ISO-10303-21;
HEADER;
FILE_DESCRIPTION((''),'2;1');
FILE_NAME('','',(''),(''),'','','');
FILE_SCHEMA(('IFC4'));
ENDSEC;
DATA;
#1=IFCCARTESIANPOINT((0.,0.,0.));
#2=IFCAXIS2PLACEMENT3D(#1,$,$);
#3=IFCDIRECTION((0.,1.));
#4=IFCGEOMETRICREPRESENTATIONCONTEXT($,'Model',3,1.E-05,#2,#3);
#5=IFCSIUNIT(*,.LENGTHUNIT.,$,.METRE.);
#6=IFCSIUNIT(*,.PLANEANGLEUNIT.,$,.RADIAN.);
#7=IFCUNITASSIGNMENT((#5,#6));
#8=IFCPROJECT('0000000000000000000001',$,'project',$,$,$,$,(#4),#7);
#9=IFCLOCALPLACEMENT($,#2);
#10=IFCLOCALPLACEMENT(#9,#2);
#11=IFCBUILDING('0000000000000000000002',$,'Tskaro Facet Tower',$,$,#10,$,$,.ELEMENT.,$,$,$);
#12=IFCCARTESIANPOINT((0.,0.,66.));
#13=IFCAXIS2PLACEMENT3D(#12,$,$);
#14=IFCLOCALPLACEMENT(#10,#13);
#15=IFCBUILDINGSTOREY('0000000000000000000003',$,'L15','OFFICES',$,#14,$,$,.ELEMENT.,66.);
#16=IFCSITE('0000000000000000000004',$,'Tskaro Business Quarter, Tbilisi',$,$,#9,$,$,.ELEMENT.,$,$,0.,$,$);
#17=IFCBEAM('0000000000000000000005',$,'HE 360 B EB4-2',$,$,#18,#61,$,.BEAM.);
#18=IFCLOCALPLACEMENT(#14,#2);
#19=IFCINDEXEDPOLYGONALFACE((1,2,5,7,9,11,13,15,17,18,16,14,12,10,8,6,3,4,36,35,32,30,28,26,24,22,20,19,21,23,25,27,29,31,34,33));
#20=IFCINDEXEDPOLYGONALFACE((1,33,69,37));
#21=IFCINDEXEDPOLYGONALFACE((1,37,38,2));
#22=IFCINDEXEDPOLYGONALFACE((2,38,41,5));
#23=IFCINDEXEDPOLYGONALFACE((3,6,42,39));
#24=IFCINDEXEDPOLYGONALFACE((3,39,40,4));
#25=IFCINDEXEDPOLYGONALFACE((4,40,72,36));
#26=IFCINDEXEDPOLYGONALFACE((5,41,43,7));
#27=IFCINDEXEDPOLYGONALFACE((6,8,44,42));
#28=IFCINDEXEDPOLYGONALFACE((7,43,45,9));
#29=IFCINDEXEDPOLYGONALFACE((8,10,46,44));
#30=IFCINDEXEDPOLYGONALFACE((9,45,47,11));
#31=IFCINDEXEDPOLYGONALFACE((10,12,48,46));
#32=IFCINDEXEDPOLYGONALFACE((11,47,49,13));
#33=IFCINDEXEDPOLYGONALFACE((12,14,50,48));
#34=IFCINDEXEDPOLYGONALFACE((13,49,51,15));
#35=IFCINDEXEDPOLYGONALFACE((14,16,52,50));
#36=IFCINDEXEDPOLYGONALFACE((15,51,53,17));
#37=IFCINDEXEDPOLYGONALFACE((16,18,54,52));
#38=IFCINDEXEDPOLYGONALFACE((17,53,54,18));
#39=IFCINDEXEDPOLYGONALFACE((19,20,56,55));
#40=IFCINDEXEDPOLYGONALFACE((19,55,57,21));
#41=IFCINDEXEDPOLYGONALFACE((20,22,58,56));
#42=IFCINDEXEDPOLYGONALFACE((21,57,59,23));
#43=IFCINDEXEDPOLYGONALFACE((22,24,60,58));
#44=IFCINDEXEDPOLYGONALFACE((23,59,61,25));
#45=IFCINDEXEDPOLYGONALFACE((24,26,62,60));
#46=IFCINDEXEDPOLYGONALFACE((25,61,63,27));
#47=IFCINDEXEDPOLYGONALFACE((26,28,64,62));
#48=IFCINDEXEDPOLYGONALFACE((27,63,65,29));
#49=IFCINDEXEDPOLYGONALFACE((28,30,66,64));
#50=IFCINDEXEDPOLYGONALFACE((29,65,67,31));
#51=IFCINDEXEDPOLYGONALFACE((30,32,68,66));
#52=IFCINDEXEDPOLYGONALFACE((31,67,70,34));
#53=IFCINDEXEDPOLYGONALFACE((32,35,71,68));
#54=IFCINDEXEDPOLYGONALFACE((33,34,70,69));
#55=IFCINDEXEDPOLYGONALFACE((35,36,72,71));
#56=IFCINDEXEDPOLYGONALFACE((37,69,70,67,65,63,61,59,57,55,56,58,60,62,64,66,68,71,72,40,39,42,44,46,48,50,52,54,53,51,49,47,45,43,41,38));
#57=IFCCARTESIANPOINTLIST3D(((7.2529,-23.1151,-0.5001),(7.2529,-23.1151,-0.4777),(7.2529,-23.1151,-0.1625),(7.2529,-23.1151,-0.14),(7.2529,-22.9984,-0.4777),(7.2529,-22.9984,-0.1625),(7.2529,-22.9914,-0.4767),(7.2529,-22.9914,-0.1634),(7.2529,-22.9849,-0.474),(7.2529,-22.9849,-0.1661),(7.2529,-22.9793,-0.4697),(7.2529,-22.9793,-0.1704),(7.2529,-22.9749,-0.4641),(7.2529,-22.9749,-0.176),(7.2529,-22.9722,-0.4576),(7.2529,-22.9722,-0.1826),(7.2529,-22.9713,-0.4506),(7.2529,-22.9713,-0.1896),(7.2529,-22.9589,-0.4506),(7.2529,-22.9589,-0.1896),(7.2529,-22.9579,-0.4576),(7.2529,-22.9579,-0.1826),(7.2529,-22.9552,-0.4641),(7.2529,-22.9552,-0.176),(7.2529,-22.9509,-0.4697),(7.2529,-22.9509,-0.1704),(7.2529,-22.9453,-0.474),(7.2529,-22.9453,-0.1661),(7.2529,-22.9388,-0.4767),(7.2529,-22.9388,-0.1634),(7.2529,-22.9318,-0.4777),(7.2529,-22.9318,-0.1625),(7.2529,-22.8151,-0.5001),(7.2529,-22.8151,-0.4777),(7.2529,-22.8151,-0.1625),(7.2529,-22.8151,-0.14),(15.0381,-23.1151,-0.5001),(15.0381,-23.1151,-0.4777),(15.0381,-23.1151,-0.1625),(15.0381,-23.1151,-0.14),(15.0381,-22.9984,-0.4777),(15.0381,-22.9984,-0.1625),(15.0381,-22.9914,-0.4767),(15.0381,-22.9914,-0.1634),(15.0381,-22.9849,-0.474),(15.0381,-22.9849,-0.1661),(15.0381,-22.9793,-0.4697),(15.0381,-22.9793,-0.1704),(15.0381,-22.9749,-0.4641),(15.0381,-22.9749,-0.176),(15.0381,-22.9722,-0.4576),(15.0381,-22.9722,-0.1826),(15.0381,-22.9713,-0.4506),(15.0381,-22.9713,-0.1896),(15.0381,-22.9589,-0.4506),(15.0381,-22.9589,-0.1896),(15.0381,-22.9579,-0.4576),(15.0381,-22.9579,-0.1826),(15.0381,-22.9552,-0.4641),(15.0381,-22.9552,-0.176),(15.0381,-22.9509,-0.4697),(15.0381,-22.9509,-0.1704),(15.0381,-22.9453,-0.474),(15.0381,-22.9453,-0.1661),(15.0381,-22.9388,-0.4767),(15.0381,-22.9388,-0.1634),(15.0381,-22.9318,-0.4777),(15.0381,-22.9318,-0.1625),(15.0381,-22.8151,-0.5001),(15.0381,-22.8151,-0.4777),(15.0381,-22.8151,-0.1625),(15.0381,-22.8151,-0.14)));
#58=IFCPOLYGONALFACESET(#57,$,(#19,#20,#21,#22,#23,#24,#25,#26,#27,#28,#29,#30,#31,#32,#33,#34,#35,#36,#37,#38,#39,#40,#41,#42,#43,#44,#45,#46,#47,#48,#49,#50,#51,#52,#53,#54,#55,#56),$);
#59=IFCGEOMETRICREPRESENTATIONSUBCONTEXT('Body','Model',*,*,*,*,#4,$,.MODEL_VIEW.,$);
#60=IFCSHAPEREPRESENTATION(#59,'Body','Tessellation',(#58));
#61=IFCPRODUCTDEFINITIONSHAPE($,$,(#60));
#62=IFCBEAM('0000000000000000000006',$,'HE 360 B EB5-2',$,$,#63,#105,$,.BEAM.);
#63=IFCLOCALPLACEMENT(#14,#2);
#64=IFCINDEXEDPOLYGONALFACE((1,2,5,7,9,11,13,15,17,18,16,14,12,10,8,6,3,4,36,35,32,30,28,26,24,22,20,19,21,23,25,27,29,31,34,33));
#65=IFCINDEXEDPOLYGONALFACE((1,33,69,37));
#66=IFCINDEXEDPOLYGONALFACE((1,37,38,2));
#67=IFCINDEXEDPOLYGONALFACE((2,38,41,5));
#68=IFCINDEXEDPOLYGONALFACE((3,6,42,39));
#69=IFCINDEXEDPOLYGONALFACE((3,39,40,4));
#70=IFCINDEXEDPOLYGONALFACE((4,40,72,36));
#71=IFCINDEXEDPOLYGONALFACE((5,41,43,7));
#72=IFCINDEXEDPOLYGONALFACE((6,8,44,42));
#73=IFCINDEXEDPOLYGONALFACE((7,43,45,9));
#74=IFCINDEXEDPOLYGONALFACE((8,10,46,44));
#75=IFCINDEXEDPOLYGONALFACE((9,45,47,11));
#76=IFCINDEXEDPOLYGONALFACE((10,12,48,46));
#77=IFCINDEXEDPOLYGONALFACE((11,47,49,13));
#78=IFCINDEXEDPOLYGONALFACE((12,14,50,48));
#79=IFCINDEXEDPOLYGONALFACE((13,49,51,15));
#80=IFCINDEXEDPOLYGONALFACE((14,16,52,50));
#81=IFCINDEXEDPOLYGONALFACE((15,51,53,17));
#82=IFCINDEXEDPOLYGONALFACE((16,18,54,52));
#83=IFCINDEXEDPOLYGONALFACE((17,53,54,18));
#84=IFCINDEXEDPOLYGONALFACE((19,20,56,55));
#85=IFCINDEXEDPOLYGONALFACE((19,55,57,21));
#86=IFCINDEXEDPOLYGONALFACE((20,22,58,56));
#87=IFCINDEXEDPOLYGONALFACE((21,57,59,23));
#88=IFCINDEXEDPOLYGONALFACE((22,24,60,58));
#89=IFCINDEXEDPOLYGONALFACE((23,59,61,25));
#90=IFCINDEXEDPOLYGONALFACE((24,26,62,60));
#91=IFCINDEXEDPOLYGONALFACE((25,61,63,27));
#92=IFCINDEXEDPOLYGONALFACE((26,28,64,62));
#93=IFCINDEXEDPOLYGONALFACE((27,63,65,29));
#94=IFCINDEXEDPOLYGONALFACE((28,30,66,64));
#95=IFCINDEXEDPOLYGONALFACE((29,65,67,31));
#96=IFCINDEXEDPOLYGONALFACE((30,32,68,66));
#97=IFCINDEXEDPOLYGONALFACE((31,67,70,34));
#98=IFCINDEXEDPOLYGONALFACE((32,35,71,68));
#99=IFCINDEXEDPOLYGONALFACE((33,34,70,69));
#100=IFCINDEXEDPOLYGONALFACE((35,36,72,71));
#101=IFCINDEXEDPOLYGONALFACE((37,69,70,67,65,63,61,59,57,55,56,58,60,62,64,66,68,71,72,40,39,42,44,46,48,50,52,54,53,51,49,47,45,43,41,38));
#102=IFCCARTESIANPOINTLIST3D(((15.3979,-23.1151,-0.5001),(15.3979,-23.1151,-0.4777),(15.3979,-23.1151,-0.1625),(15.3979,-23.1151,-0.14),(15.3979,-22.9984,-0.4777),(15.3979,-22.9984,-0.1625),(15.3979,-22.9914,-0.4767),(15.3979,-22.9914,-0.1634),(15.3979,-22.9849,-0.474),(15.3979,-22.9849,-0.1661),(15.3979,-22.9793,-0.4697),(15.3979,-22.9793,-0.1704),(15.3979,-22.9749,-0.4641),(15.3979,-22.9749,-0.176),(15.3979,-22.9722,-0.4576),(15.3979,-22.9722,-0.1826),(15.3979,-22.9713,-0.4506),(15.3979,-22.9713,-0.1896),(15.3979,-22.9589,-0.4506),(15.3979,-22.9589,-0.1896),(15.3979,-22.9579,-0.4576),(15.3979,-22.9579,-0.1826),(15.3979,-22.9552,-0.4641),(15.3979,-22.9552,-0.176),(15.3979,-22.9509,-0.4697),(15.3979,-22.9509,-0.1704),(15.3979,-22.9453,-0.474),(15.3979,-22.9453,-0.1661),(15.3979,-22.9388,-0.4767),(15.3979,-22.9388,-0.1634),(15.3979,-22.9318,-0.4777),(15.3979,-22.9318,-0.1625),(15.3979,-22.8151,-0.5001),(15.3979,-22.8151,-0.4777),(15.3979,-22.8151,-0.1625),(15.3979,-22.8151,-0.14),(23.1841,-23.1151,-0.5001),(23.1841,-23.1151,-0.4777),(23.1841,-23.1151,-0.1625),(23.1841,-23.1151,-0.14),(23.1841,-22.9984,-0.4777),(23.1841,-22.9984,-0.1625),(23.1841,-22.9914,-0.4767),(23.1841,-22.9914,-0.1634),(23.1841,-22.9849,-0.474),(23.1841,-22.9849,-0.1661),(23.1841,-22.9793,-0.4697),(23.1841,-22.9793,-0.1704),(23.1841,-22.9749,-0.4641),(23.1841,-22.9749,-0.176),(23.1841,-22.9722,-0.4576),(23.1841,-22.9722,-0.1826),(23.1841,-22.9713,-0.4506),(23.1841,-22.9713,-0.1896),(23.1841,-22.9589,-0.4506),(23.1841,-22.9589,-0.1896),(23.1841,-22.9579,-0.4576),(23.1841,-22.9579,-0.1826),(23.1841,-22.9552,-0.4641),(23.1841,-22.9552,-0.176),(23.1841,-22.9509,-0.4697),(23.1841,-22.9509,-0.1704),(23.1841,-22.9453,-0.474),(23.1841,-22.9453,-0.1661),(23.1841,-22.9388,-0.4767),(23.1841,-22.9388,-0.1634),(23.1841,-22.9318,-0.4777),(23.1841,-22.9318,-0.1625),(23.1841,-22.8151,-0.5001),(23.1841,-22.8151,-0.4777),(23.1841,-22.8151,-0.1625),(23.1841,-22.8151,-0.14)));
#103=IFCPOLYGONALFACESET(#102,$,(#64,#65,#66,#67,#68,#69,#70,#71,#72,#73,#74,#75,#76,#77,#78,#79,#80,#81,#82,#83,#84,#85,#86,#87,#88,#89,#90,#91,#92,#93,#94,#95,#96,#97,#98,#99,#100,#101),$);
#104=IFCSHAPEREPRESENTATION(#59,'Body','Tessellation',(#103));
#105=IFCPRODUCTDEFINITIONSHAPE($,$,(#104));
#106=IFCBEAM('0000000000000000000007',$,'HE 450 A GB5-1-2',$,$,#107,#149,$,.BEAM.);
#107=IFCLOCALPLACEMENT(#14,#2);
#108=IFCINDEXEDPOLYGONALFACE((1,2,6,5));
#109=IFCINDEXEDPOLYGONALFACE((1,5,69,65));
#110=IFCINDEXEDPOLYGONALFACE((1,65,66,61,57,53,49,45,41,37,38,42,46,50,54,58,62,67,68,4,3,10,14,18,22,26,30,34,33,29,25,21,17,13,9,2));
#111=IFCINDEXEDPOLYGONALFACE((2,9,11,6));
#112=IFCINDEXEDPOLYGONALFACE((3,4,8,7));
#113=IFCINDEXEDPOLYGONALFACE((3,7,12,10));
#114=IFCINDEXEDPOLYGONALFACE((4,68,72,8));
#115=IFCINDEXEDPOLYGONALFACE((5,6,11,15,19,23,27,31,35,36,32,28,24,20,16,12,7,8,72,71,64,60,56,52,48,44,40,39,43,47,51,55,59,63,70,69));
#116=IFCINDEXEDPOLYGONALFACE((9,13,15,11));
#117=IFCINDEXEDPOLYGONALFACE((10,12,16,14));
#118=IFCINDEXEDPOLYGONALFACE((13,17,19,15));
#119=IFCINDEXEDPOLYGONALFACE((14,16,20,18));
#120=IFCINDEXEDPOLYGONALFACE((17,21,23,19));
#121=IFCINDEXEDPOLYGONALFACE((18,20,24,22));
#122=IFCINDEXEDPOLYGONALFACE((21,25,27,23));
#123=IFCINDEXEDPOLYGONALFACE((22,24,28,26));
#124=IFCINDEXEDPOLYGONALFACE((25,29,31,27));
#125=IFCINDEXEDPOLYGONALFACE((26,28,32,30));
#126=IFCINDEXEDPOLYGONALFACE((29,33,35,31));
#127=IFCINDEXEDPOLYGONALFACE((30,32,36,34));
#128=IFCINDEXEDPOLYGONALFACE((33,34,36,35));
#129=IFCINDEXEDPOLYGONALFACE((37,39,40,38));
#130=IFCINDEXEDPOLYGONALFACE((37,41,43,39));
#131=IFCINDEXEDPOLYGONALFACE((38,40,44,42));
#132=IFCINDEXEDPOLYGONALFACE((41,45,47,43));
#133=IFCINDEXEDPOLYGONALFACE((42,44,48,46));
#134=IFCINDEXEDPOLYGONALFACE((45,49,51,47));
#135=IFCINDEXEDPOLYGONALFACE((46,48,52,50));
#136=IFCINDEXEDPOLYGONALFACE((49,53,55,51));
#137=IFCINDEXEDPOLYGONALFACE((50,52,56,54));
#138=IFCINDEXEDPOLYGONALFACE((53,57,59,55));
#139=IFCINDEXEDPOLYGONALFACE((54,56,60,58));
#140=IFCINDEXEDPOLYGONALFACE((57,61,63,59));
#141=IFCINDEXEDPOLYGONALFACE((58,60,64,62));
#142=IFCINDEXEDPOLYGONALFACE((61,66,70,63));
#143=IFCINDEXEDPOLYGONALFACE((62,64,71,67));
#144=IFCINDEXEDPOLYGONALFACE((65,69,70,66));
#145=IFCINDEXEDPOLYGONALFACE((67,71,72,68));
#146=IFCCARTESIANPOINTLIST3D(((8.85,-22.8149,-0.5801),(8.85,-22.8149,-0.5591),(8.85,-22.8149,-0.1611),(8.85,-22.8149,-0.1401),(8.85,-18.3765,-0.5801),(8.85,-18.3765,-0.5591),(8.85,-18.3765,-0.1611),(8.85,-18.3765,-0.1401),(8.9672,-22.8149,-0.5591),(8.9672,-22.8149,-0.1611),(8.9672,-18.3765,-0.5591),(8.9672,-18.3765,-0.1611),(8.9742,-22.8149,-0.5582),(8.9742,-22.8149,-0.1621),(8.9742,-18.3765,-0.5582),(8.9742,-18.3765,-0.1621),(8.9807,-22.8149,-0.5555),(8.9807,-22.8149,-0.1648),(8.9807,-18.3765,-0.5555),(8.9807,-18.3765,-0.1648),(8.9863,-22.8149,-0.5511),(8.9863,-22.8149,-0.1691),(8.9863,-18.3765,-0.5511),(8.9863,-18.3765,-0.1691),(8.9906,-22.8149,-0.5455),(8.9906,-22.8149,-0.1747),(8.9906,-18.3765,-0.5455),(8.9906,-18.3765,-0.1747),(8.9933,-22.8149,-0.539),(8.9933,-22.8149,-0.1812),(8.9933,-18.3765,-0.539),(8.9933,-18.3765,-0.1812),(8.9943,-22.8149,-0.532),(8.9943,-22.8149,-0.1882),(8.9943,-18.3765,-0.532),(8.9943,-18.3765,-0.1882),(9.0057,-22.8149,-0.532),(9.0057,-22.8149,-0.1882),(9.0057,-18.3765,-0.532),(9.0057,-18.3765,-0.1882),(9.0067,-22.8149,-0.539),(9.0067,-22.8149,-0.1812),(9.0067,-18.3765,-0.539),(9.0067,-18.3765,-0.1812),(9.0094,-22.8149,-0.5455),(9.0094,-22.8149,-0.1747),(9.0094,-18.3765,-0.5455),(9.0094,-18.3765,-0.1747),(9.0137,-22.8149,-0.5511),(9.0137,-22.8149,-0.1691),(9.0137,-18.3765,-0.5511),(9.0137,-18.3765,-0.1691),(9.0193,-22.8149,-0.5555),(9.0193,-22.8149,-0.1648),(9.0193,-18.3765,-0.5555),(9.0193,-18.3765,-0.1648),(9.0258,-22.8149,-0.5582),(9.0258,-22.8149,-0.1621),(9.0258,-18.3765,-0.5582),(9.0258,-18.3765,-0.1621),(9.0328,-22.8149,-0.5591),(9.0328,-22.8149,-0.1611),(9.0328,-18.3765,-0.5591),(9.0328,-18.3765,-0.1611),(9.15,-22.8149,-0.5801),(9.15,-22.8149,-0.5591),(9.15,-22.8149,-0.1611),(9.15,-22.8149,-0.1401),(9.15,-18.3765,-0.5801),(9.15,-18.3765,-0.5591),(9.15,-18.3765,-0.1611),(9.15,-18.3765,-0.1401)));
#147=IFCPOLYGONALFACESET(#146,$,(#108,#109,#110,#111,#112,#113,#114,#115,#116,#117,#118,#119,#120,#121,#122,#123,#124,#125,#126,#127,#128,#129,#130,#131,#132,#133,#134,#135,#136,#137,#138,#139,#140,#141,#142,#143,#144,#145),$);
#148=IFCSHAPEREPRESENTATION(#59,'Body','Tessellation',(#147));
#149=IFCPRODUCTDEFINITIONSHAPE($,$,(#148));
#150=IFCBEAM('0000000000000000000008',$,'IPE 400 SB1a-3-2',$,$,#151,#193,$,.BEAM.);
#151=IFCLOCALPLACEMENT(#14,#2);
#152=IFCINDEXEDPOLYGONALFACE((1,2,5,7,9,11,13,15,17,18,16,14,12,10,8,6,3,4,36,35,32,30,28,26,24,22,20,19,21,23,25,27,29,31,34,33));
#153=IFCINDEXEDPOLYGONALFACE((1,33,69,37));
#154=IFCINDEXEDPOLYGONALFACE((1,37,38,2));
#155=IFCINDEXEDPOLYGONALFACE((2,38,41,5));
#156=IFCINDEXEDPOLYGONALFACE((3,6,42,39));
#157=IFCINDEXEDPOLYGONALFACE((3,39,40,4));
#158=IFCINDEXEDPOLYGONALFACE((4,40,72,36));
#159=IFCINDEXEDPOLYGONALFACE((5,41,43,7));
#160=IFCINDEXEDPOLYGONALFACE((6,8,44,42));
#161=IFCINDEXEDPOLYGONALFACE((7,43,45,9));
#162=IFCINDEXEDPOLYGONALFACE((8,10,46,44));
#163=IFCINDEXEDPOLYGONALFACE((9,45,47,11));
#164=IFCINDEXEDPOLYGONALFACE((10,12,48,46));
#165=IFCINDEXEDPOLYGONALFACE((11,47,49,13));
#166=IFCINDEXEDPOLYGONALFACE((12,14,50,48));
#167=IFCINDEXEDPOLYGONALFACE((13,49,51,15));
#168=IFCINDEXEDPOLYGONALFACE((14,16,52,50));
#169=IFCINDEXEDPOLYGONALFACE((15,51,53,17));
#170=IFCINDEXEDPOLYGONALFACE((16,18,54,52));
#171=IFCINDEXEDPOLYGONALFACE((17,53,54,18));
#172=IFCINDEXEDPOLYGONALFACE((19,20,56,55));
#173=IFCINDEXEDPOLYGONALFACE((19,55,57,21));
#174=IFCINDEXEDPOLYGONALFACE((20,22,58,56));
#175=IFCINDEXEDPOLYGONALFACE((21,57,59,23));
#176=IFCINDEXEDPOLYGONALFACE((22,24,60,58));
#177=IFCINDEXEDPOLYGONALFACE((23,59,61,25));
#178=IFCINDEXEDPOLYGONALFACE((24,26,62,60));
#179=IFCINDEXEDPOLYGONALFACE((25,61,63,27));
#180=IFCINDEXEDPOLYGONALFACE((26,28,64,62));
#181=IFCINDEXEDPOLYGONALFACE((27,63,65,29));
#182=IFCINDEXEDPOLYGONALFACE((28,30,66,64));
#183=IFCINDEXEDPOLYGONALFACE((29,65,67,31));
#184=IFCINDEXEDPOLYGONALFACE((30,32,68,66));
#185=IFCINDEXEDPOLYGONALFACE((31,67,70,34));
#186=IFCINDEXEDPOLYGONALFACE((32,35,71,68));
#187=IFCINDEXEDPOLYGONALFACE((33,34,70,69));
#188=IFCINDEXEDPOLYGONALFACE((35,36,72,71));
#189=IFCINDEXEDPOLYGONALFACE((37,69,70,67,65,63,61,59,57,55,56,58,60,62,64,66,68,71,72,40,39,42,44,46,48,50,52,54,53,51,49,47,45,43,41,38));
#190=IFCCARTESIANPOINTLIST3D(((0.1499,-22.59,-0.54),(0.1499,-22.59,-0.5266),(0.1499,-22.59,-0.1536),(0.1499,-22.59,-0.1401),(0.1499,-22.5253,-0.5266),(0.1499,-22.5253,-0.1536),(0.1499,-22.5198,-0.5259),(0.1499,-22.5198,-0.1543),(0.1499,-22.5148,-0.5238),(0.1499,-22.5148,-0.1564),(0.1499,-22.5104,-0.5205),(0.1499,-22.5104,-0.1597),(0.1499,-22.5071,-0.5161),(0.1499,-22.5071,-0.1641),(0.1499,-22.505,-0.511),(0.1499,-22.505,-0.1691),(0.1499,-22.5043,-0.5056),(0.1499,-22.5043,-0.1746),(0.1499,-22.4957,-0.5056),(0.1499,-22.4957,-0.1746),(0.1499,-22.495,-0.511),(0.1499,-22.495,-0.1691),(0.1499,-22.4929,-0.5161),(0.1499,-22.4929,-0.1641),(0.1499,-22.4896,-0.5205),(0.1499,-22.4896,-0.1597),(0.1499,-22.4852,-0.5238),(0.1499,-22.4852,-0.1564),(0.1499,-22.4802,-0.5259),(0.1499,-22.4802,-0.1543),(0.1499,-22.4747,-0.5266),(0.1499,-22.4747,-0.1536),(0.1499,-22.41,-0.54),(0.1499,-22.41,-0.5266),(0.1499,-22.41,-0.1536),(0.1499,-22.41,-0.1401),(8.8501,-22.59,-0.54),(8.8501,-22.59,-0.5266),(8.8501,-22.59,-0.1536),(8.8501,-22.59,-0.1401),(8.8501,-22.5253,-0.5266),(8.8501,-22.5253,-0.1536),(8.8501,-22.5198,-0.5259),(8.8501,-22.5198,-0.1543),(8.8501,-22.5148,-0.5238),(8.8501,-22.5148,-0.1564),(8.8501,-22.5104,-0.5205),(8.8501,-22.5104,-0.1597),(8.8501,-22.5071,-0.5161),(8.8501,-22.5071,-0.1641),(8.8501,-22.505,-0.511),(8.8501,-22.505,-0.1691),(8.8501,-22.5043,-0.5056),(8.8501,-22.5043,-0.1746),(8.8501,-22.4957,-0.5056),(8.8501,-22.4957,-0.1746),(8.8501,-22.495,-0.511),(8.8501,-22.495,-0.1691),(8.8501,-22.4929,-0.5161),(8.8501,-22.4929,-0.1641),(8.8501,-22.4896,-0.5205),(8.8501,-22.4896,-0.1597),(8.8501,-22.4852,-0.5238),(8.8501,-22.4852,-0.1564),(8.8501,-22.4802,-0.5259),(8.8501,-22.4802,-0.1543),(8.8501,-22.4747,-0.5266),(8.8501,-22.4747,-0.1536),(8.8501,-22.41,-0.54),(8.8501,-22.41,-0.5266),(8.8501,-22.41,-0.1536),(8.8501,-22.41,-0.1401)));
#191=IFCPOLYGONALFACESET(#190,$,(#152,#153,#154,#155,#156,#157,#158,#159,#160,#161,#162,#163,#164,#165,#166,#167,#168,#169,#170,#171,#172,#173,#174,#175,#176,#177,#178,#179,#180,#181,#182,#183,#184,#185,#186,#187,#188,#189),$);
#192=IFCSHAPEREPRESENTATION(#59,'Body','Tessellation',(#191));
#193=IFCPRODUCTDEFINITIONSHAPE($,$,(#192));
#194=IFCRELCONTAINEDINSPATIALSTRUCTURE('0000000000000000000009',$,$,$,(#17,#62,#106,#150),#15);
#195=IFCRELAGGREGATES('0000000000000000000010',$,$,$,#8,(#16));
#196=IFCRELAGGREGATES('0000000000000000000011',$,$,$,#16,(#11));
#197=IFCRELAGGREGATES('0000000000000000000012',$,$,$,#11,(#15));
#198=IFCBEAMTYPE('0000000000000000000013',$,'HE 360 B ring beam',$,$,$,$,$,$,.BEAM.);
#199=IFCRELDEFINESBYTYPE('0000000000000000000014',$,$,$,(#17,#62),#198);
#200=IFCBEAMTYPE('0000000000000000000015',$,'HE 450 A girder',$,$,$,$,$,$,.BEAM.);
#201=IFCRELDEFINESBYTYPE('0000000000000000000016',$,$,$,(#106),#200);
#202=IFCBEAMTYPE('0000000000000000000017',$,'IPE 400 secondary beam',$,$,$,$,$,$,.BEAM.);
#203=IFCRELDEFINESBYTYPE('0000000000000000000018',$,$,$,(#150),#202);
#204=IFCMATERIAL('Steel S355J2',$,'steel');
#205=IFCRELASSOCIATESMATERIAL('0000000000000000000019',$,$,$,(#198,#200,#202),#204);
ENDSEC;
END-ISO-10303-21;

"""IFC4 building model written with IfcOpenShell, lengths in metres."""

from ifc_helpers import new_model, si_unit, direction, frame, origin, origin_2d, place, context, subcontext, project, spatial, i_section, extrude, material, material_profile, profile_set, type_object, element, save


model = new_model("IFC4")

# Units and contexts
model_context = context("Model", 3, precision=1e-05, world=origin(), true_north=direction((0.0, 1.0)))
body_context = subcontext(model_context, "Body", "Model", "MODEL_VIEW")
ifc_project = project(units=[si_unit("LENGTHUNIT", "METRE"), si_unit("PLANEANGLEUNIT", "RADIAN")], contexts=[model_context])

# Site, building, storey
site_placement = place(None, origin())
site = spatial("IfcSite", under=ifc_project, at=site_placement, Name="Tskaro Business Quarter, Tbilisi", CompositionType="ELEMENT", RefElevation=0.0)
building_placement = place(site_placement, origin())
building = spatial("IfcBuilding", under=site, at=building_placement, Name="Tskaro Facet Tower", CompositionType="ELEMENT")
storey_placement = place(building_placement, frame((0.0, 0.0, 66.0)))
storey = spatial("IfcBuildingStorey", under=building, at=storey_placement, Name="L15", Description="OFFICES", CompositionType="ELEMENT", Elevation=66.0)

# Beams
ifc_material_1 = material(Name="Steel S355J2", Category="steel")
ifc_material_profile_1 = material_profile(ifc_material_1, i_section(OverallWidth=0.3, OverallDepth=0.3601, WebThickness=0.0125, FlangeThickness=0.0225, FilletRadius=0.0271, at=origin_2d()), Name="HE 360 B")
ifc_profile_set_1 = profile_set([ifc_material_profile_1], Name="Steel S355J2")
beam_type_1 = type_object("IfcBeamType", Name="HE 360 B ring beam", PredefinedType="BEAM", material=ifc_profile_set_1)
beam_1_placement = place(storey_placement, frame((7.2529, -22.9651, -0.3201), z_axis=(1.0, 0.0, 0.0), x_axis=(0.0, 1.0, 0.0)))
element("IfcBeam", 1, at=beam_1_placement, inside=storey, type_object=beam_type_1, Name="HE 360 B EB4-2", PredefinedType="BEAM", context=body_context, shape_type="SweptSolid", body=[
    extrude(i_section(OverallWidth=0.3, OverallDepth=0.3601, WebThickness=0.0125, FlangeThickness=0.0225, FilletRadius=0.0271, at=origin_2d()), origin(), (0.0, 0.0, 1.0), 7.7852),
])
beam_2_placement = place(storey_placement, frame((15.3979, -22.9651, -0.3201), z_axis=(1.0, 0.0, 0.0), x_axis=(0.0, 1.0, 0.0)))
element("IfcBeam", 2, at=beam_2_placement, inside=storey, type_object=beam_type_1, Name="HE 360 B EB5-2", PredefinedType="BEAM", context=body_context, shape_type="SweptSolid", body=[
    extrude(i_section(OverallWidth=0.3, OverallDepth=0.3601, WebThickness=0.0125, FlangeThickness=0.0225, FilletRadius=0.0271, at=origin_2d()), origin(), (0.0, 0.0, 1.0), 7.7861),
])
ifc_material_profile_2 = material_profile(ifc_material_1, i_section(OverallWidth=0.3, OverallDepth=0.4399, WebThickness=0.0115, FlangeThickness=0.021, FilletRadius=0.0271, at=origin_2d()), Name="HE 450 A")
ifc_profile_set_2 = profile_set([ifc_material_profile_2], Name="Steel S355J2")
beam_type_2 = type_object("IfcBeamType", Name="HE 450 A girder", PredefinedType="BEAM", material=ifc_profile_set_2)
beam_3_placement = place(storey_placement, frame((9.0, -22.8149, -0.3601), z_axis=(0.0, 1.0, 0.0), x_axis=(-1.0, 0.0, 0.0)))
element("IfcBeam", 3, at=beam_3_placement, inside=storey, type_object=beam_type_2, Name="HE 450 A GB5-1-2", PredefinedType="BEAM", context=body_context, shape_type="SweptSolid", body=[
    extrude(i_section(OverallWidth=0.3, OverallDepth=0.4399, WebThickness=0.0115, FlangeThickness=0.021, FilletRadius=0.0271, at=origin_2d()), origin(), (0.0, 0.0, 1.0), 4.4385),
])
ifc_material_profile_3 = material_profile(ifc_material_1, i_section(OverallWidth=0.1799, OverallDepth=0.3999, WebThickness=0.0085, FlangeThickness=0.0134, FilletRadius=0.021, at=origin_2d()), Name="IPE 400")
ifc_profile_set_3 = profile_set([ifc_material_profile_3], Name="Steel S355J2")
beam_type_3 = type_object("IfcBeamType", Name="IPE 400 secondary beam", PredefinedType="BEAM", material=ifc_profile_set_3)
for number, where, z_axis, x_axis, name in (
    (4, (0.1499, -22.5, -0.3401), (1.0, 0.0, 0.0), (0.0, 1.0, 0.0), "IPE 400 SB1a-3-2"),
):
    element("IfcBeam", number, at=place(storey_placement, frame(where, z_axis=z_axis, x_axis=x_axis)), inside=storey, type_object=beam_type_3, Name=name, PredefinedType="BEAM", context=body_context, shape_type="SweptSolid", body=[
        extrude(i_section(OverallWidth=0.1799, OverallDepth=0.3999, WebThickness=0.0085, FlangeThickness=0.0134, FilletRadius=0.021, at=origin_2d()), origin(), (0.0, 0.0, 1.0), 8.7002),
    ])

save(model, "model.ifc")
